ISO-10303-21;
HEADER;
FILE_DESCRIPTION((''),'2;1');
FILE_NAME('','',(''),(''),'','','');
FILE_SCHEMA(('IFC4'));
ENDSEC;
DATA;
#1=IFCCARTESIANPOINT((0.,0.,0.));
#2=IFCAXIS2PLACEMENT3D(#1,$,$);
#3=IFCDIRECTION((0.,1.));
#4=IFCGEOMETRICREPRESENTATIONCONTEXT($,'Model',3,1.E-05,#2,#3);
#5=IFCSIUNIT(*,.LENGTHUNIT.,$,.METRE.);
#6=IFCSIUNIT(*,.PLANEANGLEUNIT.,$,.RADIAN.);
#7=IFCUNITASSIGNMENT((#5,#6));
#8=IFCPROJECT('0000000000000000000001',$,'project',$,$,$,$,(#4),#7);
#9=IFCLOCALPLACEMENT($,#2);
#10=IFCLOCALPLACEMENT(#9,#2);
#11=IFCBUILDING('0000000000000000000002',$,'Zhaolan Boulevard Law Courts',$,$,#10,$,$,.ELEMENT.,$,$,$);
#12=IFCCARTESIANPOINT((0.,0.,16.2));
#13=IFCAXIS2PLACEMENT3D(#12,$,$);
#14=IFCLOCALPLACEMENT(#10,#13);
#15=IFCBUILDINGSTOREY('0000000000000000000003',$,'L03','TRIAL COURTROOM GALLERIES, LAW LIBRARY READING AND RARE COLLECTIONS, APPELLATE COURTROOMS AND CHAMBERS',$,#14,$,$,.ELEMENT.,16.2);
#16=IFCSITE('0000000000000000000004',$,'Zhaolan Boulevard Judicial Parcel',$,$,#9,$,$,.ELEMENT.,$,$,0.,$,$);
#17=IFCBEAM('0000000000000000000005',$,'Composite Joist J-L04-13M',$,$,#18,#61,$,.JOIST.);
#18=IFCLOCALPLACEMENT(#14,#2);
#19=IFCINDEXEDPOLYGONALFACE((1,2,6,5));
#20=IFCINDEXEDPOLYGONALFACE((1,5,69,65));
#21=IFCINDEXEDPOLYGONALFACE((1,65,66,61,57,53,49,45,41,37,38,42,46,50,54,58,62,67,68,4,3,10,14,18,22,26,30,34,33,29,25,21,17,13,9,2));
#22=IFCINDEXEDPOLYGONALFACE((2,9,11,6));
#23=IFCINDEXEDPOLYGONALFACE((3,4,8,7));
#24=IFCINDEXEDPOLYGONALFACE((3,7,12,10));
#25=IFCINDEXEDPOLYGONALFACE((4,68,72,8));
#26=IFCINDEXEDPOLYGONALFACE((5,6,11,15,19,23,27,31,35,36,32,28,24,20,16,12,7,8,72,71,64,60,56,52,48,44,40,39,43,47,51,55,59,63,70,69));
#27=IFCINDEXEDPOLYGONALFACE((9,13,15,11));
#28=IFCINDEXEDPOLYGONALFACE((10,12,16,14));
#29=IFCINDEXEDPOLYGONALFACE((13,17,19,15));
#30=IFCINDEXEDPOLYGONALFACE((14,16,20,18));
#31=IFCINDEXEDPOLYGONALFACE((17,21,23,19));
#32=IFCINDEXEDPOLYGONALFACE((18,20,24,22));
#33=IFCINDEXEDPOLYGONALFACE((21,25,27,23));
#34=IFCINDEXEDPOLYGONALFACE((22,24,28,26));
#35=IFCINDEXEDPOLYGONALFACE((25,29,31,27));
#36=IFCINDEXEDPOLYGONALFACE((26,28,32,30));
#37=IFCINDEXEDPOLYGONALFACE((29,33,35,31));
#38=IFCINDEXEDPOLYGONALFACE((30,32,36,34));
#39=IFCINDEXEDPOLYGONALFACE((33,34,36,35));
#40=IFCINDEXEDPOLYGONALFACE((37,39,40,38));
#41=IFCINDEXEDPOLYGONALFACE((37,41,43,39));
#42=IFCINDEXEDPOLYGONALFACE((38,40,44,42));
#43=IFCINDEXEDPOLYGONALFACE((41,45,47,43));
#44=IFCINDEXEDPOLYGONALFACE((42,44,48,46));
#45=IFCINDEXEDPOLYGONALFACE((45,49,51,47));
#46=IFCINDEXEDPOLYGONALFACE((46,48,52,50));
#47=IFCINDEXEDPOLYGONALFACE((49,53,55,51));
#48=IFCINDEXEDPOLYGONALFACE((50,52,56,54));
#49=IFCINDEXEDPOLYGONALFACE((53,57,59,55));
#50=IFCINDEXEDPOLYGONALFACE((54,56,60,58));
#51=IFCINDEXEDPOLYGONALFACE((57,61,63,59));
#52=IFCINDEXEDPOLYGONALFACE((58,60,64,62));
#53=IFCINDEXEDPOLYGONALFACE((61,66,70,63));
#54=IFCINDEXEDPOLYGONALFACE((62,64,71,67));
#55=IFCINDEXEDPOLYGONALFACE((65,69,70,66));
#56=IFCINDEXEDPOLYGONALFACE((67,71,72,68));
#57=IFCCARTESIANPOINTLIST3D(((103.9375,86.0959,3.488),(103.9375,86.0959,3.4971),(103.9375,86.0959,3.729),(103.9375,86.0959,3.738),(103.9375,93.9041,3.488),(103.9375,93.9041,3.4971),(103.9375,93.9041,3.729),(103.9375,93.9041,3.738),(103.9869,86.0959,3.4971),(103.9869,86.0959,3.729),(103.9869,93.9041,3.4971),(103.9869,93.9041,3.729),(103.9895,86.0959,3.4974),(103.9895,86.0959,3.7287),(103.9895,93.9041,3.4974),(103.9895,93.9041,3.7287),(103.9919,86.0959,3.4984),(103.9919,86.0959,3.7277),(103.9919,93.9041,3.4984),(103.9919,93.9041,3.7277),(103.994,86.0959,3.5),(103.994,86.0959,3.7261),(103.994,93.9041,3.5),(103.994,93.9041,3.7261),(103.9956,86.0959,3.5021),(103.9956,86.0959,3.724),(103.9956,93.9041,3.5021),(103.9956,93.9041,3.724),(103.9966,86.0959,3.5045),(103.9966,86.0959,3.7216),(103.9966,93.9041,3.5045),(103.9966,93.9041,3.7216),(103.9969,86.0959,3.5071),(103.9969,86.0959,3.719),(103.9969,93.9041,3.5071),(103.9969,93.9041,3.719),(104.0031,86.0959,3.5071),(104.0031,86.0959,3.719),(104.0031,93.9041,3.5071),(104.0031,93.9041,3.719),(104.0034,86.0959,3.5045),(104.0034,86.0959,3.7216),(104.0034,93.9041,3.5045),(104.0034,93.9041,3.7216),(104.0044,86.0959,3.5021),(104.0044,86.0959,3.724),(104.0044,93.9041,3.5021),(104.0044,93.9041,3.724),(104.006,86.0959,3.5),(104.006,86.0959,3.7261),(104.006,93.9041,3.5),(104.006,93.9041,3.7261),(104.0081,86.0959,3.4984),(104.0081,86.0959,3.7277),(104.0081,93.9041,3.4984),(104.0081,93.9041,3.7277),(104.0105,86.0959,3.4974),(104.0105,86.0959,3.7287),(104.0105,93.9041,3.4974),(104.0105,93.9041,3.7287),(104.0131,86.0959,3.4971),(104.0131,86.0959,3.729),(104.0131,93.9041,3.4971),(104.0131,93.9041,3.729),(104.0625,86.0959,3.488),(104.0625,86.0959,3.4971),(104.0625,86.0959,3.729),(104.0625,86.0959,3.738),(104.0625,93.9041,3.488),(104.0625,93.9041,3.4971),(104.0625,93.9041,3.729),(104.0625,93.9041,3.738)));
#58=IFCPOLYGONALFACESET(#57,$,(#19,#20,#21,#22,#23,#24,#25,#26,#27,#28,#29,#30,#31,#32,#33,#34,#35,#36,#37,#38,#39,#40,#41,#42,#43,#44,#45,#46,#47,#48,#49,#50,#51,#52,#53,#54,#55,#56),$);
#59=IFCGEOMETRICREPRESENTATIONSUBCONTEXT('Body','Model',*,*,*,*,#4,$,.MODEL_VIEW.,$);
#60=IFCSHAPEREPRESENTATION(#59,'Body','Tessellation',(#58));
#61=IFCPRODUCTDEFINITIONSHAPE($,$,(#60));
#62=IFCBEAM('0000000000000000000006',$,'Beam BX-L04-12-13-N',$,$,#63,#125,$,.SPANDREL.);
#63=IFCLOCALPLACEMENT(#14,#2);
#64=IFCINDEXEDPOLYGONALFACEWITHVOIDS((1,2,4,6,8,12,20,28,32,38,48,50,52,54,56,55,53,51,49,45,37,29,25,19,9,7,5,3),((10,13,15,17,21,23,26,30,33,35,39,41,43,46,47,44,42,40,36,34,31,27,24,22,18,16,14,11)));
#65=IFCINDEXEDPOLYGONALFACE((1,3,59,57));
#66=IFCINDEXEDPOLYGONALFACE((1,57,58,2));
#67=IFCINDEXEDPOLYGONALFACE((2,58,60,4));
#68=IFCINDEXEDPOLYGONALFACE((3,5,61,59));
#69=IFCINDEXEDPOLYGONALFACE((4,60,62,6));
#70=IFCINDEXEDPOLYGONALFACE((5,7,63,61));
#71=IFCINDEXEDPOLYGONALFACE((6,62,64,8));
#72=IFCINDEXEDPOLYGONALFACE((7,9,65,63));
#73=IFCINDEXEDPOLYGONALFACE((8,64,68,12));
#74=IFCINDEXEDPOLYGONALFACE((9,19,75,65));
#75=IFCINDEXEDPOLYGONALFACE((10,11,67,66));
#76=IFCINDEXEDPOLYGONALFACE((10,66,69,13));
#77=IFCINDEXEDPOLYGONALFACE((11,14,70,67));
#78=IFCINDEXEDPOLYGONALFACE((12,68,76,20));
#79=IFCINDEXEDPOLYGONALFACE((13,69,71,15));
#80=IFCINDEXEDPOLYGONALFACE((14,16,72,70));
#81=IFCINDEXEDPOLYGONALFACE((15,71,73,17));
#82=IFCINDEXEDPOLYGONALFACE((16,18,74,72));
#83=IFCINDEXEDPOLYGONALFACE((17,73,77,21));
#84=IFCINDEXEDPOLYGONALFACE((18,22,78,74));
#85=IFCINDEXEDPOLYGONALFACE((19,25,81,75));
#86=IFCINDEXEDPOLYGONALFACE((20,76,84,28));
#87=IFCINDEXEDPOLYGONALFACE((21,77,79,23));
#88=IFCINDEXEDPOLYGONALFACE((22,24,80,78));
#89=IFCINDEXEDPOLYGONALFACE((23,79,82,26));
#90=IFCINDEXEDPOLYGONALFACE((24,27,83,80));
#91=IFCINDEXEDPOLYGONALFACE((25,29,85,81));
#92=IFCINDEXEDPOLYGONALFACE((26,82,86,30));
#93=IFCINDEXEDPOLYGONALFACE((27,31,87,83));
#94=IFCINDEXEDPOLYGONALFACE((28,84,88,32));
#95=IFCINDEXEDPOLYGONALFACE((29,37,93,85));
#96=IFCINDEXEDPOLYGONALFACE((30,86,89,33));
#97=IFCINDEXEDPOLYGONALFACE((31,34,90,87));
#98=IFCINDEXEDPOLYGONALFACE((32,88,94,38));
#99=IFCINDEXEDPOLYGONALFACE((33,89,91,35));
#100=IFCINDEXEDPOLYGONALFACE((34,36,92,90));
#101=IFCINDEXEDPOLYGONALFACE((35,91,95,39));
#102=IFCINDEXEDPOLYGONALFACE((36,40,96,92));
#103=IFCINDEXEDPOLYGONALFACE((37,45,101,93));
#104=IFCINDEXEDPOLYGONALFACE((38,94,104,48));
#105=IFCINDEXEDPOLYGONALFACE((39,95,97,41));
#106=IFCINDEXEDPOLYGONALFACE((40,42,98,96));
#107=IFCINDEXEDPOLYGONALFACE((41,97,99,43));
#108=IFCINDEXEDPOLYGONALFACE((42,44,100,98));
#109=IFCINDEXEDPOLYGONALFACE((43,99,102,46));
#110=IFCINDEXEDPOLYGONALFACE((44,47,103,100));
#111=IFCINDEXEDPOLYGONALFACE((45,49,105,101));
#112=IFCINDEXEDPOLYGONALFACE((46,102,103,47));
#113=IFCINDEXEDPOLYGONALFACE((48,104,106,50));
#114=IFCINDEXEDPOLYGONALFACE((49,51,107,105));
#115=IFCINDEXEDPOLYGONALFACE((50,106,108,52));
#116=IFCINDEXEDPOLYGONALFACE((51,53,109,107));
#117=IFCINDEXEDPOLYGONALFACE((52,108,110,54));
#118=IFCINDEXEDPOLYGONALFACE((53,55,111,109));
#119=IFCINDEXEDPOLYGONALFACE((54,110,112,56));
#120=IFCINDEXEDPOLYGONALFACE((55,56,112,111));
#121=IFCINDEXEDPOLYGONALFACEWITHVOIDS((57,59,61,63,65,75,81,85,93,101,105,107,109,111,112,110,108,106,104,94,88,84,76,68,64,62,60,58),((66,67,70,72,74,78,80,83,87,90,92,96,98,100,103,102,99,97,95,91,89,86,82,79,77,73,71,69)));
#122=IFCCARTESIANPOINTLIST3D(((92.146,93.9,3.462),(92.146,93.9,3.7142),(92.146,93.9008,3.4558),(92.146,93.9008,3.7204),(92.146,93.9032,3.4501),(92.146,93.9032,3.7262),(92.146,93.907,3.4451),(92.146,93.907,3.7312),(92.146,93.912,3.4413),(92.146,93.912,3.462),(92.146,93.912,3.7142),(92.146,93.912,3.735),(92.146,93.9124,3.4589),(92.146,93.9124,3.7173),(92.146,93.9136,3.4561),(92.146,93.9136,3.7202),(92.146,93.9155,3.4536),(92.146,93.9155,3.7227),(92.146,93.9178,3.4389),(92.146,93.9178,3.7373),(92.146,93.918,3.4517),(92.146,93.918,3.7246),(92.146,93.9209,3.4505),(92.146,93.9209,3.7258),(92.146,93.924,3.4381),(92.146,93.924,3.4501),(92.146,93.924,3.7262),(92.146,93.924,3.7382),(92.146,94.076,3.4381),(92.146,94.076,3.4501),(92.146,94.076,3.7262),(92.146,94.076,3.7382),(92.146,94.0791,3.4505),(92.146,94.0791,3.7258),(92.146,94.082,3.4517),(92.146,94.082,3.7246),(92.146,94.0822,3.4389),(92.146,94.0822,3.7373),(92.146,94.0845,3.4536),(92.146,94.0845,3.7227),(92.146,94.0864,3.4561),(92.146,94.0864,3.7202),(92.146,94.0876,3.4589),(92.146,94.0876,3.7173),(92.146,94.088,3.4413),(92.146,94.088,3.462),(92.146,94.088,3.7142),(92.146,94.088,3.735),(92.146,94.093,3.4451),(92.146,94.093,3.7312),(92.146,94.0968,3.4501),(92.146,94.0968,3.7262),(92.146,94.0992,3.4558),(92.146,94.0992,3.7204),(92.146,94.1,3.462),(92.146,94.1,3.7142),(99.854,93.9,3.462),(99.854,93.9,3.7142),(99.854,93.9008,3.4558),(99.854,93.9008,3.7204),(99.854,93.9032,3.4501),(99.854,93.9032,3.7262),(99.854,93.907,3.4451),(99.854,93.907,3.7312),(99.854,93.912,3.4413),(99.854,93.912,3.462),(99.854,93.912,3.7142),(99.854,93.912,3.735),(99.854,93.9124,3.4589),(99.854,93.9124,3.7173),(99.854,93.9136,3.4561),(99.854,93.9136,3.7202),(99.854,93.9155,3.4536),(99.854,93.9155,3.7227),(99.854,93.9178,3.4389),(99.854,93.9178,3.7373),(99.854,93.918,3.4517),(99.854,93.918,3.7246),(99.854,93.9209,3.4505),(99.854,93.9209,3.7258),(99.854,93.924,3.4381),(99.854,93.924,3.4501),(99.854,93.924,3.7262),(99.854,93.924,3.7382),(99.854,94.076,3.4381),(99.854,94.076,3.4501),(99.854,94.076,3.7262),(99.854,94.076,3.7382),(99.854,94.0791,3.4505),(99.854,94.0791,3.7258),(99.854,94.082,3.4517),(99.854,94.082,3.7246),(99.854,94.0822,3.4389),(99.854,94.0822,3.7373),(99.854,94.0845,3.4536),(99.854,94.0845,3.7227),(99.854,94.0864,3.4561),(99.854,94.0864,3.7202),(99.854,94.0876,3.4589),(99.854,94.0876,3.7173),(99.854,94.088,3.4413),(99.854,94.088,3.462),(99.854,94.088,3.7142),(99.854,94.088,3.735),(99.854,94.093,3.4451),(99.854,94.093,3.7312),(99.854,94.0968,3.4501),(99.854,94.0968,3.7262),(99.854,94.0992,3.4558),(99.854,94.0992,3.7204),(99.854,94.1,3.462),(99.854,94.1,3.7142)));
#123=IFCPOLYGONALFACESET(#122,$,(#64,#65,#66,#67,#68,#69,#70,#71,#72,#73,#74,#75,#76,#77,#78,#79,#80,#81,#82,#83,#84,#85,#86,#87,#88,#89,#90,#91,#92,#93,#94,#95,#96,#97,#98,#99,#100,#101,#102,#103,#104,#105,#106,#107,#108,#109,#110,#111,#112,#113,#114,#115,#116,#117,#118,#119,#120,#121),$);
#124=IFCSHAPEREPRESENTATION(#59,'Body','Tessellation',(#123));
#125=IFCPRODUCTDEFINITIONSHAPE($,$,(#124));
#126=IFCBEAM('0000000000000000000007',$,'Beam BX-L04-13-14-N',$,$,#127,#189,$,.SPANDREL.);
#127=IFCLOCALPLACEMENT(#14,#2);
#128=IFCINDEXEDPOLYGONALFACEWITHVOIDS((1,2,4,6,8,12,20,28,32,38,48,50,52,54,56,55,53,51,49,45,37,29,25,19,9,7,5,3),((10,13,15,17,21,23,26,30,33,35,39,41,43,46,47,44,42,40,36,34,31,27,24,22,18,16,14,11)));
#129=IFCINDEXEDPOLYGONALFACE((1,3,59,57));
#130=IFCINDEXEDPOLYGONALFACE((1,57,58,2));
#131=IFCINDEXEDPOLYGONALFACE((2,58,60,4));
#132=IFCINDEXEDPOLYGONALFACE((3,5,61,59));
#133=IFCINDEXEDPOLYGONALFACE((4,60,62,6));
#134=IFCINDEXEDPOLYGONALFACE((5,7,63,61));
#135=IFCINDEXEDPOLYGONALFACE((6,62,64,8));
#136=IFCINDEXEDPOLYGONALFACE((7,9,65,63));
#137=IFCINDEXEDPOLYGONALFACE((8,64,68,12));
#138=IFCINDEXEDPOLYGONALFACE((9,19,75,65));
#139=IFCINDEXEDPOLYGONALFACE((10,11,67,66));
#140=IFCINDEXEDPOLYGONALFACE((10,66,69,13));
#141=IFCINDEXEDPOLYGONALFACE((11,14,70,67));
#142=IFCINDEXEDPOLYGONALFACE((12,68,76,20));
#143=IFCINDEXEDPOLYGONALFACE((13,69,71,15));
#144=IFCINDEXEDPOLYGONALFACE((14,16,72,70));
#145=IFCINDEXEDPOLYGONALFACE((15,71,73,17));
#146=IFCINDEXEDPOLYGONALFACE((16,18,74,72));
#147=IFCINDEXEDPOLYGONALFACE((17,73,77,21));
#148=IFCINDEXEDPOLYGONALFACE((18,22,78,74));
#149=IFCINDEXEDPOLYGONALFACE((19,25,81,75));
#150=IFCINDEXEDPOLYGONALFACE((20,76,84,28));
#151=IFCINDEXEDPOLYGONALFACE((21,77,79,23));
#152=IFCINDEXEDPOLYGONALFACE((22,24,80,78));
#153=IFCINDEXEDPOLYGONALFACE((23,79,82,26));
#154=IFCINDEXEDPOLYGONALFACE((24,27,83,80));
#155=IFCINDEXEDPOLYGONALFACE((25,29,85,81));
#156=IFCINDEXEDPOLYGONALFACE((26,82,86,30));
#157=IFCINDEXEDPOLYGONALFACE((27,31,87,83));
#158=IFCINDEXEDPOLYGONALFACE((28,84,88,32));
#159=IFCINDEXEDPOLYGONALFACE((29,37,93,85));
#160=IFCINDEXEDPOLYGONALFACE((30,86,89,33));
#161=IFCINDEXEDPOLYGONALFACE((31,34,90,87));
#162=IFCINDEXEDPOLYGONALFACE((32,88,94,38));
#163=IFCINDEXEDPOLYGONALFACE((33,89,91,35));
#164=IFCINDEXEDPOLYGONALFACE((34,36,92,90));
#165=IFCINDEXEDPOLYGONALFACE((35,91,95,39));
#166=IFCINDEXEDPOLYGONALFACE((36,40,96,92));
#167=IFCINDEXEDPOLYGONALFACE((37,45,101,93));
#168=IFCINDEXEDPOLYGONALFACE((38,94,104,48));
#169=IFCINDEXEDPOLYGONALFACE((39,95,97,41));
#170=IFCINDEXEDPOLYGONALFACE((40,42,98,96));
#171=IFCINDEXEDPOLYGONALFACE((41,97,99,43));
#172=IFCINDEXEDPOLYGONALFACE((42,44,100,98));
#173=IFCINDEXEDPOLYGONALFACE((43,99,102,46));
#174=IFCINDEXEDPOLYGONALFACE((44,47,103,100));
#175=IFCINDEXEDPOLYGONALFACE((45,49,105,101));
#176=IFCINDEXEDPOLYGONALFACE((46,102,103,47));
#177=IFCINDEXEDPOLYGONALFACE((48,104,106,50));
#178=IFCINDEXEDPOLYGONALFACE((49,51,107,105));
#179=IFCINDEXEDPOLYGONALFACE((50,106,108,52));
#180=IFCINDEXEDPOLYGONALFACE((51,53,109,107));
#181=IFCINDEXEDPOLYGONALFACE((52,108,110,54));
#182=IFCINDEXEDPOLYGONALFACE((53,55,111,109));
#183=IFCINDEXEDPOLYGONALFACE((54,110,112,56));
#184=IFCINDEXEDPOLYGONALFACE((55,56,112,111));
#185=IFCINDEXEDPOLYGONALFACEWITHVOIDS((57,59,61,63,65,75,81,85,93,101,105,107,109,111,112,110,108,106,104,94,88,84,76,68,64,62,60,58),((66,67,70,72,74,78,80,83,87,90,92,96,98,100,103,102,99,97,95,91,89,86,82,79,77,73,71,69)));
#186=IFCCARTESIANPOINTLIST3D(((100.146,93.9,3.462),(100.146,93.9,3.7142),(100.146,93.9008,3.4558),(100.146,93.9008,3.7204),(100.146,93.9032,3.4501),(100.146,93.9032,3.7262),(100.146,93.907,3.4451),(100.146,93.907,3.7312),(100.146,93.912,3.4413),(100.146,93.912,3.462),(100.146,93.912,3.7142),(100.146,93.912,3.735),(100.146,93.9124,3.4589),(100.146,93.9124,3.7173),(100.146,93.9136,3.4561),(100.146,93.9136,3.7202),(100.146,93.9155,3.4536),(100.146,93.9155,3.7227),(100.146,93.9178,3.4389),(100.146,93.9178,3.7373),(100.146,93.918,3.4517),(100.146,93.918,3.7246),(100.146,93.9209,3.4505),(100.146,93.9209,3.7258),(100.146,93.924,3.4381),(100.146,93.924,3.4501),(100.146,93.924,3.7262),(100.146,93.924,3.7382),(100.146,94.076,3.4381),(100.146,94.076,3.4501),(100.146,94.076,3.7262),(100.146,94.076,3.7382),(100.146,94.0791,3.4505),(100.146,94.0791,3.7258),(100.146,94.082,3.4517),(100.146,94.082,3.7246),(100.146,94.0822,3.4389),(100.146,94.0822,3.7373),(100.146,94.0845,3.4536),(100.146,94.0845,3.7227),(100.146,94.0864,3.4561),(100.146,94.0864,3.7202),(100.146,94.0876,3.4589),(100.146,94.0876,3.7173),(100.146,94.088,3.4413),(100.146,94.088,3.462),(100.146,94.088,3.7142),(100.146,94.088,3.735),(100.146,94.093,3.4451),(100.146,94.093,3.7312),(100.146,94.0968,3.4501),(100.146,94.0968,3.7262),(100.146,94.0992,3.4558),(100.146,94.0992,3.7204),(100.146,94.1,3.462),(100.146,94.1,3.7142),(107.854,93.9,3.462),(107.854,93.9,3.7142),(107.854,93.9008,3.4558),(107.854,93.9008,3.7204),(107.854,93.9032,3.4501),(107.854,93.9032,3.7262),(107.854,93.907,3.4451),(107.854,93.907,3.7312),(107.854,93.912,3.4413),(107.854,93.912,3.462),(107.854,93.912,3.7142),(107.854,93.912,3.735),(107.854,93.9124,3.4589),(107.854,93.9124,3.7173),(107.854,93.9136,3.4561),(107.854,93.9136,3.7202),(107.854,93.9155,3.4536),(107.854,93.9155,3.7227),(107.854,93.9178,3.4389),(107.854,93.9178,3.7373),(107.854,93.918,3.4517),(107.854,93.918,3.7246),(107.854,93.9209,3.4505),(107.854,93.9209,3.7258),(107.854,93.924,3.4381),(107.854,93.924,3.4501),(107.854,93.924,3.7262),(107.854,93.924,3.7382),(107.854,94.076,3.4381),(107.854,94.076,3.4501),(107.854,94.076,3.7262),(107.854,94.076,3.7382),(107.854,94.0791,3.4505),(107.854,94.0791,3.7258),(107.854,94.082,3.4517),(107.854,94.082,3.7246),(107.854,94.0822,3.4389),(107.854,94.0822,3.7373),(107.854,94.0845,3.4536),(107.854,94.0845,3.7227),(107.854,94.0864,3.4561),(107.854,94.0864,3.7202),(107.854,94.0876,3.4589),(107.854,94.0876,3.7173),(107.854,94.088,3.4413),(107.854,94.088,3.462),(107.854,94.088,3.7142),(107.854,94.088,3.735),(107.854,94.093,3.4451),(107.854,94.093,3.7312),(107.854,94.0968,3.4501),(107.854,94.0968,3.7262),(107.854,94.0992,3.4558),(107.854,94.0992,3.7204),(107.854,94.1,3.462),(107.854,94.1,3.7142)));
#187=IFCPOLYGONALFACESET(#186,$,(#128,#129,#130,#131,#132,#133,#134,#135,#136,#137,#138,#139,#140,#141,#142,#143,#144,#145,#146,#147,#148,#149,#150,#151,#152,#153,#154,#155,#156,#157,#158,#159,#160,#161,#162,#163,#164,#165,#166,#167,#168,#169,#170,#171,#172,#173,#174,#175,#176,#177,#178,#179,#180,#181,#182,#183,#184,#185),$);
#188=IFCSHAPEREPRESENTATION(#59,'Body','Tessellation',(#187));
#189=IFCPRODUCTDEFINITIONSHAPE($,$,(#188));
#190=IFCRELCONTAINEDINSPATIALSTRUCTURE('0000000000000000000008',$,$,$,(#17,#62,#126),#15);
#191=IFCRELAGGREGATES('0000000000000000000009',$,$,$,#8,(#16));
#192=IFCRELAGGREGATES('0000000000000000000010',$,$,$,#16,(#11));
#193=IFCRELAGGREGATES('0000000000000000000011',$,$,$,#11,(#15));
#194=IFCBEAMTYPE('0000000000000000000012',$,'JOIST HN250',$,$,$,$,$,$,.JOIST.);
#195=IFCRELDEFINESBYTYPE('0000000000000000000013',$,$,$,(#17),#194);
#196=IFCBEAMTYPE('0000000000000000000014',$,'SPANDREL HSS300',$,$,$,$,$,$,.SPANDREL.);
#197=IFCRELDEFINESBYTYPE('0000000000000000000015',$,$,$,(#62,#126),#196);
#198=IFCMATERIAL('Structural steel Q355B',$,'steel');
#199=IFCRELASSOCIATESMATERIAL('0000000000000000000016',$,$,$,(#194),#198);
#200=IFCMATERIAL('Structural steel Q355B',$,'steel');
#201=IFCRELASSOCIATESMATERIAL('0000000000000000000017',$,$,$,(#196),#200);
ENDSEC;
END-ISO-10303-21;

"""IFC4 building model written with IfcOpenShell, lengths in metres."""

from ifc_helpers import new_model, si_unit, direction, frame, origin, origin_2d, place, context, subcontext, project, spatial, hollow_rectangle, i_section, extrude, material, material_profile, profile_set, type_object, element, save


model = new_model("IFC4")

# Units and contexts
model_context = context("Model", 3, precision=1e-05, world=origin(), true_north=direction((0.0, 1.0)))
body_context = subcontext(model_context, "Body", "Model", "MODEL_VIEW")
ifc_project = project(units=[si_unit("LENGTHUNIT", "METRE"), si_unit("PLANEANGLEUNIT", "RADIAN")], contexts=[model_context])

# Site, building, storey
site_placement = place(None, origin())
site = spatial("IfcSite", under=ifc_project, at=site_placement, Name="Zhaolan Boulevard Judicial Parcel", CompositionType="ELEMENT", RefElevation=0.0)
building_placement = place(site_placement, origin())
building = spatial("IfcBuilding", under=site, at=building_placement, Name="Zhaolan Boulevard Law Courts", CompositionType="ELEMENT")
storey_placement = place(building_placement, frame((0.0, 0.0, 16.2)))
storey = spatial("IfcBuildingStorey", under=building, at=storey_placement, Name="L03", Description="TRIAL COURTROOM GALLERIES, LAW LIBRARY READING AND RARE COLLECTIONS, APPELLATE COURTROOMS AND CHAMBERS", CompositionType="ELEMENT", Elevation=16.2)

# Beams
ifc_material_1 = material(Name="Structural steel Q355B", Category="steel")
ifc_material_profile_1 = material_profile(ifc_material_1, i_section(OverallWidth=0.125, OverallDepth=0.25, WebThickness=0.0061, FlangeThickness=0.009, FilletRadius=0.01, at=origin_2d()), Name="HN250x125")
ifc_profile_set_1 = profile_set([ifc_material_profile_1], Name="Structural steel Q355B")
beam_type_1 = type_object("IfcBeamType", Name="JOIST HN250", PredefinedType="JOIST", material=ifc_profile_set_1)
beam_placement = place(storey_placement, frame((104.0, 86.0959, 3.613), z_axis=(0.0, 1.0, 0.0), x_axis=(-1.0, 0.0, 0.0)))
element("IfcBeam", 1, at=beam_placement, inside=storey, type_object=beam_type_1, Name="Composite Joist J-L04-13M", PredefinedType="JOIST", context=body_context, shape_type="SweptSolid", body=[
    extrude(i_section(OverallWidth=0.125, OverallDepth=0.25, WebThickness=0.0061, FlangeThickness=0.009, FilletRadius=0.01, at=origin_2d()), origin(), (0.0, 0.0, 1.0), 7.8081),
])
ifc_material_2 = material(Name="Structural steel Q355B", Category="steel")
ifc_material_profile_2 = material_profile(ifc_material_2, hollow_rectangle(XDim=0.2, YDim=0.3, WallThickness=0.012, InnerFilletRadius=0.012, OuterFilletRadius=0.0239, at=origin_2d()), Name="HSS300x200x12")
ifc_profile_set_2 = profile_set([ifc_material_profile_2], Name="Structural steel Q355B")
beam_type_2 = type_object("IfcBeamType", Name="SPANDREL HSS300", PredefinedType="SPANDREL", material=ifc_profile_set_2)
for number, where, z_axis, x_axis, name in (
    (2, (92.146, 94.0, 3.5881), (1.0, 0.0, 0.0), (0.0, 1.0, 0.0), "Beam BX-L04-12-13-N"),
    (3, (100.146, 94.0, 3.5881), (1.0, 0.0, 0.0), (0.0, 1.0, 0.0), "Beam BX-L04-13-14-N"),
):
    element("IfcBeam", number, at=place(storey_placement, frame(where, z_axis=z_axis, x_axis=x_axis)), inside=storey, type_object=beam_type_2, Name=name, PredefinedType="SPANDREL", context=body_context, shape_type="SweptSolid", body=[
        extrude(hollow_rectangle(XDim=0.2, YDim=0.3, WallThickness=0.012, InnerFilletRadius=0.012, OuterFilletRadius=0.0239, at=origin_2d()), origin(), (0.0, 0.0, 1.0), 7.708),
    ])

save(model, "model.ifc")
